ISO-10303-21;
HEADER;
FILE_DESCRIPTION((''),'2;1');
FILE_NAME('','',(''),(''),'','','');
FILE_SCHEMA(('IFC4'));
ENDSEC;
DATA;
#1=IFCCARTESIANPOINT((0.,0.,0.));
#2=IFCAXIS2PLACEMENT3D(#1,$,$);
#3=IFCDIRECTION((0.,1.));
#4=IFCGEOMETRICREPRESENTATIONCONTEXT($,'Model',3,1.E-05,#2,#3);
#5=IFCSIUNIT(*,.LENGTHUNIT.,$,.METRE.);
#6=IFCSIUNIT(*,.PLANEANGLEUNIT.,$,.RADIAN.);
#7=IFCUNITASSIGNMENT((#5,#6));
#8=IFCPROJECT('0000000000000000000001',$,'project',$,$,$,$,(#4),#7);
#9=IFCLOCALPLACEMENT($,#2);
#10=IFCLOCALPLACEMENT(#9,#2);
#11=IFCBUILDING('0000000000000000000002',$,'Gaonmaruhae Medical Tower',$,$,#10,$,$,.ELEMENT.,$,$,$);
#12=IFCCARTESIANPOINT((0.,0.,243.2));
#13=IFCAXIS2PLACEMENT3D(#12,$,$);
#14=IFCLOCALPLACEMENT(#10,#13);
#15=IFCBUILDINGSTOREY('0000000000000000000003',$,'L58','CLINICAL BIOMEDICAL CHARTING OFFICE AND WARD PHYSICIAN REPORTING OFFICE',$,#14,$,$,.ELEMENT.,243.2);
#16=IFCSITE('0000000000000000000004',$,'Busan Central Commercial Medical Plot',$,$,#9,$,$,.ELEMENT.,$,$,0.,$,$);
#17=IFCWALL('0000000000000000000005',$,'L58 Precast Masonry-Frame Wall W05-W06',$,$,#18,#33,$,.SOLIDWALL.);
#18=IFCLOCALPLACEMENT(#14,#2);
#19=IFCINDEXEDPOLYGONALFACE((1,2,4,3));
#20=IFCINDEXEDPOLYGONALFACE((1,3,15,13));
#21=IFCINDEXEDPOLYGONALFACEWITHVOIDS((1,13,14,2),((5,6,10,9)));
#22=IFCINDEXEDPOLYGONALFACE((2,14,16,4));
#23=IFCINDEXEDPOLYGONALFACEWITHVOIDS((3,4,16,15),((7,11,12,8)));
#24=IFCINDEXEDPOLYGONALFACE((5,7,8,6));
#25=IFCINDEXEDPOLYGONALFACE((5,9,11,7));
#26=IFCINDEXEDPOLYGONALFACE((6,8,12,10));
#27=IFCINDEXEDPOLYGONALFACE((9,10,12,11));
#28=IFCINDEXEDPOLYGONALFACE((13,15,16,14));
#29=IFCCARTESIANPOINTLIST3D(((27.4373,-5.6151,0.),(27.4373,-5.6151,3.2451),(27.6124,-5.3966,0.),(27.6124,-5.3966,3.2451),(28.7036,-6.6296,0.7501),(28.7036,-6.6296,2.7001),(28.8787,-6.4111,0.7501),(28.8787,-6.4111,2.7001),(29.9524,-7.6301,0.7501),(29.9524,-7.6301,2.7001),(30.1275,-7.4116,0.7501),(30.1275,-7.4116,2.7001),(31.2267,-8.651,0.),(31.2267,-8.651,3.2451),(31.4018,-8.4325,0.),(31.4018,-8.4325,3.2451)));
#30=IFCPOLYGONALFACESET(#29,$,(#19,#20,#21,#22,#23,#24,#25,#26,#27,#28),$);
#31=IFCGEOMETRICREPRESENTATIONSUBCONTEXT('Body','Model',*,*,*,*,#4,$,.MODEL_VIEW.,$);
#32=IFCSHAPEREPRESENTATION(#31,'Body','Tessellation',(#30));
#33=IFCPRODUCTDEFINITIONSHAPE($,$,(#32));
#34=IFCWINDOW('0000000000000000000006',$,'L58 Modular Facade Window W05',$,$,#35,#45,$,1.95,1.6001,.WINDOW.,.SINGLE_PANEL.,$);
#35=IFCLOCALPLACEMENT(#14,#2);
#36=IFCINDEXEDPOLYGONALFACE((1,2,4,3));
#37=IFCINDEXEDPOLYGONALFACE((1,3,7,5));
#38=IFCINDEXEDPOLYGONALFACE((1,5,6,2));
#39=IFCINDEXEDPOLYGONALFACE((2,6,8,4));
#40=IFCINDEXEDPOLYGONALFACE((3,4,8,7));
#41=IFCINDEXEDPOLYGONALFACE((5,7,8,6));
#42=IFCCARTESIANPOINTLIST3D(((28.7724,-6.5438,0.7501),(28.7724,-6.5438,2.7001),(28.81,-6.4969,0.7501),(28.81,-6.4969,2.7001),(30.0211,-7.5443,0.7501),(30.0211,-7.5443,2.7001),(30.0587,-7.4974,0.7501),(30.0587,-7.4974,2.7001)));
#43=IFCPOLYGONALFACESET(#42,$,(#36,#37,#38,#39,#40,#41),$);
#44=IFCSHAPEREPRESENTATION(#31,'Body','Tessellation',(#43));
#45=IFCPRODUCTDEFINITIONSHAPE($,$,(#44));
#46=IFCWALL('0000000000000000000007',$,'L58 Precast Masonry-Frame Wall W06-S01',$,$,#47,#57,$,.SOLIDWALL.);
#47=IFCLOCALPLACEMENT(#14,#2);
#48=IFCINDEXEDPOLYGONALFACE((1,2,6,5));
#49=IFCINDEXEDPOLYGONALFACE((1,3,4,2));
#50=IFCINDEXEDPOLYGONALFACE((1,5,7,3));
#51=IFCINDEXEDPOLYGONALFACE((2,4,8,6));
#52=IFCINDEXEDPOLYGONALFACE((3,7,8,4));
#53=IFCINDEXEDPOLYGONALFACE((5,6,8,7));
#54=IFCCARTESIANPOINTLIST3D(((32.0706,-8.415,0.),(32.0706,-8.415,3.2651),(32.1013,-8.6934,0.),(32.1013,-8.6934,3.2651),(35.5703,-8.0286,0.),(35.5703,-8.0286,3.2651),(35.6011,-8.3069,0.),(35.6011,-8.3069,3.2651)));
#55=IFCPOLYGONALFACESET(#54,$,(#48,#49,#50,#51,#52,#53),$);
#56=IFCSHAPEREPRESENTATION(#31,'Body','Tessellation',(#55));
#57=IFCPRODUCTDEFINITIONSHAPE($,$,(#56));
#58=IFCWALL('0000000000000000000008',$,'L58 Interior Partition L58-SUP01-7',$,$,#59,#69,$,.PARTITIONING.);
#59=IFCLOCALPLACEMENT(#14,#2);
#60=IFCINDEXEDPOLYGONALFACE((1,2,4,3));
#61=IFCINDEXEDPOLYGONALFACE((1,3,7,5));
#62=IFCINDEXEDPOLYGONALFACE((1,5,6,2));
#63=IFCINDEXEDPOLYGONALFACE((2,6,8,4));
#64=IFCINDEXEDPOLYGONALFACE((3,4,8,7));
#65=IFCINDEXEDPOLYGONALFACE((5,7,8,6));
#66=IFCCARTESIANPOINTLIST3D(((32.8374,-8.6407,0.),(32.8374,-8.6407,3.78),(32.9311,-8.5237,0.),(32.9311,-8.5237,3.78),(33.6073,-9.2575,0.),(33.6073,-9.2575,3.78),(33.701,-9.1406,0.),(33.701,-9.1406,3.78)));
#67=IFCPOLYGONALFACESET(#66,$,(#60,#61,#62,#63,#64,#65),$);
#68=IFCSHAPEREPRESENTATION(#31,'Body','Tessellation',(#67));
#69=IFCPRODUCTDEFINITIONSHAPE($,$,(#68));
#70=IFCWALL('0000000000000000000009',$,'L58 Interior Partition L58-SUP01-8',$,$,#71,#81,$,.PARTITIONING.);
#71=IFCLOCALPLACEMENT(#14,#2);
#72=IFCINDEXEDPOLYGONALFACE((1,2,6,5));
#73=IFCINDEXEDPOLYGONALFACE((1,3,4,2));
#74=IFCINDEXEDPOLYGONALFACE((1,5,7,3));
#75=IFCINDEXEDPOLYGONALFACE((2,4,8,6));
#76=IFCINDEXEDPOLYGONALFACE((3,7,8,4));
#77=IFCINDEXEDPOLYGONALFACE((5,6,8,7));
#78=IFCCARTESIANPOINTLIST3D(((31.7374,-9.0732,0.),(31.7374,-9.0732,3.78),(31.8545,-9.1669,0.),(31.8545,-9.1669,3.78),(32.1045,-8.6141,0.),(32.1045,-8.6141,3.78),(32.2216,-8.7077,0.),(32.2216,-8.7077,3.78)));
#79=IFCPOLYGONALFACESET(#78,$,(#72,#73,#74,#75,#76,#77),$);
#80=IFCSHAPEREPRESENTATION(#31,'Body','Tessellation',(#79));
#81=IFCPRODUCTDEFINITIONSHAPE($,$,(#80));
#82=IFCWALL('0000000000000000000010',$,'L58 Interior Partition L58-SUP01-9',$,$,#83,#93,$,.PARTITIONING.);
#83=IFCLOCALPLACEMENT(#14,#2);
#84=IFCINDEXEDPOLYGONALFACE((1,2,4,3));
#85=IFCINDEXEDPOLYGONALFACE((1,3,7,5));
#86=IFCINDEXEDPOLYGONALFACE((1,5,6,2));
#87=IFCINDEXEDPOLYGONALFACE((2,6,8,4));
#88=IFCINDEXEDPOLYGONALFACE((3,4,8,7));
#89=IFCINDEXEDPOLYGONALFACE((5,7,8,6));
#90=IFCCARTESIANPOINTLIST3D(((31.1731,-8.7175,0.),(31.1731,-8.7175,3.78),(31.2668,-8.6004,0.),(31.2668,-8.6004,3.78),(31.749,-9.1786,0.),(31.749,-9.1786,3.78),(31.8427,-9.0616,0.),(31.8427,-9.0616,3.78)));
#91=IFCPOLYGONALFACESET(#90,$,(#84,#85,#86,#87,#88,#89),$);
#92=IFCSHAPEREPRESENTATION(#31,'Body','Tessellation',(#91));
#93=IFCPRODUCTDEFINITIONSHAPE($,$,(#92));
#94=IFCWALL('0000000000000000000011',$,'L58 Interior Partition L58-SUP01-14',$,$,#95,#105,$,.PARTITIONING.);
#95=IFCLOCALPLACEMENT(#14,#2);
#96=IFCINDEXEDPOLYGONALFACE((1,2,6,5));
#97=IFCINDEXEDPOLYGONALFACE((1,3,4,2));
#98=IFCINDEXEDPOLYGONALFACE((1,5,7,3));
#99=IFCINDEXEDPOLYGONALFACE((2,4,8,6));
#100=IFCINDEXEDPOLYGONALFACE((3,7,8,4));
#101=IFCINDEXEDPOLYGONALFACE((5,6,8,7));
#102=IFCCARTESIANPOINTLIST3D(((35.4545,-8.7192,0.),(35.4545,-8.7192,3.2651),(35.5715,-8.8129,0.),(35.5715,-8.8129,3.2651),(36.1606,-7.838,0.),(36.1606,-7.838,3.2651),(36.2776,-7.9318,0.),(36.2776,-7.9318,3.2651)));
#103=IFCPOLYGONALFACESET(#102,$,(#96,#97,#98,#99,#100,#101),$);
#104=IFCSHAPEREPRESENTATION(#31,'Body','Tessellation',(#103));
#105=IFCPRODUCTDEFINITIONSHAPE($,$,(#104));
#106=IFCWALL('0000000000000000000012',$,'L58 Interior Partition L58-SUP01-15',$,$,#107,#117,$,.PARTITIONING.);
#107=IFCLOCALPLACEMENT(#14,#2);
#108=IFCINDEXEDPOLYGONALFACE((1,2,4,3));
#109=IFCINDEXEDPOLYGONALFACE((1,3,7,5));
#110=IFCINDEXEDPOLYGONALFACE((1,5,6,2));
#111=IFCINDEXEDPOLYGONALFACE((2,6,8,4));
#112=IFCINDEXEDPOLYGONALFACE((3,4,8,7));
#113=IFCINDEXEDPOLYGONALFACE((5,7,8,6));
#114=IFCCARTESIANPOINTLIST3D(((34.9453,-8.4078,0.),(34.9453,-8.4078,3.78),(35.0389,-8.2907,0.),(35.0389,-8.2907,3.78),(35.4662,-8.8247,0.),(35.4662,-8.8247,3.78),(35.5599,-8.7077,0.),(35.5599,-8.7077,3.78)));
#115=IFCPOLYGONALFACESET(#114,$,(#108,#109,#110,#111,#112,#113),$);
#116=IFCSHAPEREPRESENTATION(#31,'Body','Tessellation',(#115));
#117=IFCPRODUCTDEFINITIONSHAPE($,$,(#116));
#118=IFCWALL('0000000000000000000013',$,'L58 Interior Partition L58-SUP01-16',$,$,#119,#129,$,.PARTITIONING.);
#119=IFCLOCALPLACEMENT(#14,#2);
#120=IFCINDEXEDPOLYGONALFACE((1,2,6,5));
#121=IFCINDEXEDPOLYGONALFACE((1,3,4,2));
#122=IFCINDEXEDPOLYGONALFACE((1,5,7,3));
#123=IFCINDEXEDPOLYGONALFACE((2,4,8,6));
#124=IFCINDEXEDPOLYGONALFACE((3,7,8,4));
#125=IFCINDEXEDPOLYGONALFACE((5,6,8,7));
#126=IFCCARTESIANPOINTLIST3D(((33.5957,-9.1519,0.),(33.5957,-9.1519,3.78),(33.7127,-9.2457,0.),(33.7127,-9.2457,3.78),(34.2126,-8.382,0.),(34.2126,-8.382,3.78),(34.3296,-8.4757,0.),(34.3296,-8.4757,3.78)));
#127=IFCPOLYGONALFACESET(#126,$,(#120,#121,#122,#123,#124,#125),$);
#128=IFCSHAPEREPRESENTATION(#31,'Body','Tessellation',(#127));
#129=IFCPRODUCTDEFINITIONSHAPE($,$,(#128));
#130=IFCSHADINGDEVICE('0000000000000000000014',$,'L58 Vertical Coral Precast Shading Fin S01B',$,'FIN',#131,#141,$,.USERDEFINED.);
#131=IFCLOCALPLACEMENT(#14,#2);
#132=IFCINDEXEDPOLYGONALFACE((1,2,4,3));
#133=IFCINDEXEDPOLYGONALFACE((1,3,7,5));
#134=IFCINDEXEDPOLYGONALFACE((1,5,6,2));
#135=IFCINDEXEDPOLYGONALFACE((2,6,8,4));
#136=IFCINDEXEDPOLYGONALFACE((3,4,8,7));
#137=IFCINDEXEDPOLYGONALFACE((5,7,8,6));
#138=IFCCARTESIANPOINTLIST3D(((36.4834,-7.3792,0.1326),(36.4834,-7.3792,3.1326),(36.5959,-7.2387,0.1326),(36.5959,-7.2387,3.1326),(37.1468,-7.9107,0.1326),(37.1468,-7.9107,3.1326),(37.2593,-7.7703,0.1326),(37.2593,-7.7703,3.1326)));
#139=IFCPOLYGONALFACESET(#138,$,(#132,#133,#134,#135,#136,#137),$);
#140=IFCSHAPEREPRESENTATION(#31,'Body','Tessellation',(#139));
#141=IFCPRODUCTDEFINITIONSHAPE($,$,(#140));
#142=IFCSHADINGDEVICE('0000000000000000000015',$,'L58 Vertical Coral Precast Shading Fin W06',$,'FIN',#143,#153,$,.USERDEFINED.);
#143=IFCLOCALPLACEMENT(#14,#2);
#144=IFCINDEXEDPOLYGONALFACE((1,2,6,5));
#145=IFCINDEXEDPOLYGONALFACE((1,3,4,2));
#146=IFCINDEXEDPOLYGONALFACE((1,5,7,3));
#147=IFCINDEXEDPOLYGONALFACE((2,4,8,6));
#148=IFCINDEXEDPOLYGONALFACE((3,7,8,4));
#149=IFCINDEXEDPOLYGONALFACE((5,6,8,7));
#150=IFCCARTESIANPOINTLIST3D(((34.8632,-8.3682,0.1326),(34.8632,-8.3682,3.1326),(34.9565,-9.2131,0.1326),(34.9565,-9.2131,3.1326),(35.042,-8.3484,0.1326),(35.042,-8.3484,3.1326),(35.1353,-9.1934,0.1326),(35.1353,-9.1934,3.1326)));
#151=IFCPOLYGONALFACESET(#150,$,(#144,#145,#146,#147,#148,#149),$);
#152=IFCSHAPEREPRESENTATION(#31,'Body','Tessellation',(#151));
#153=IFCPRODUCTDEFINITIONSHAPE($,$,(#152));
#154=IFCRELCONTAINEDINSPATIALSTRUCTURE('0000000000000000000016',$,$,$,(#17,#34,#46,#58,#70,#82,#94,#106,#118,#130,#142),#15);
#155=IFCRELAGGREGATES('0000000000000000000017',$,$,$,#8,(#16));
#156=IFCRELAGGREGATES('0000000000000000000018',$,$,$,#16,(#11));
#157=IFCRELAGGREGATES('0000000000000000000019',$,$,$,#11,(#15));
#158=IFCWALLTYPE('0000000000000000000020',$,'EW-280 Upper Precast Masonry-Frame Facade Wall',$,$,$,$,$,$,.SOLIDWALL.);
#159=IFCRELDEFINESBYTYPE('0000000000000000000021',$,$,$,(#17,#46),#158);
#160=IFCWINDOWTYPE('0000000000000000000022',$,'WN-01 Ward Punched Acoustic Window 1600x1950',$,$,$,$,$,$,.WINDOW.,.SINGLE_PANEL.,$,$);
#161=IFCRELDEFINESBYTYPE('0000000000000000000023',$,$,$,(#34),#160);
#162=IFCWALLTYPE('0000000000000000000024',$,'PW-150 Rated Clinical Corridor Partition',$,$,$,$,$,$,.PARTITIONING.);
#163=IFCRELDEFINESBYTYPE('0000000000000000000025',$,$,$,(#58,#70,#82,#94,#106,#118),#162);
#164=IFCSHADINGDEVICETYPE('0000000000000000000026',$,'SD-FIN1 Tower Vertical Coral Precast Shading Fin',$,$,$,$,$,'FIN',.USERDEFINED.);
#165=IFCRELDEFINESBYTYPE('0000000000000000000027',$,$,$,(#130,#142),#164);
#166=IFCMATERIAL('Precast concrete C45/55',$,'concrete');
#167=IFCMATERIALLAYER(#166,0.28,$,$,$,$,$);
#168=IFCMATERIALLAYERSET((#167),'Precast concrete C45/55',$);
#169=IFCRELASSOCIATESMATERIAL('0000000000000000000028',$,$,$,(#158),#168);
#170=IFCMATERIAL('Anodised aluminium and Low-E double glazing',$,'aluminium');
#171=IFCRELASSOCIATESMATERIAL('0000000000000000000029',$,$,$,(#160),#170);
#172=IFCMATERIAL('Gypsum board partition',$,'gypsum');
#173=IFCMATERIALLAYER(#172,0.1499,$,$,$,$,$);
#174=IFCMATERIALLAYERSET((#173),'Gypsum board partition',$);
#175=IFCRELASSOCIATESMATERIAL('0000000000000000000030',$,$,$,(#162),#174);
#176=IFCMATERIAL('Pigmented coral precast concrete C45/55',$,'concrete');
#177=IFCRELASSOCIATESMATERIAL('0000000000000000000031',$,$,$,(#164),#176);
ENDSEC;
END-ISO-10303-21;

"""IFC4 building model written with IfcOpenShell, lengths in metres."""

from ifc_helpers import new_model, si_unit, direction, frame, frame_2d, origin, origin_2d, place, context, subcontext, project, spatial, rectangle, extrude, material, layer, layer_set, type_object, element, fill, save


model = new_model("IFC4")

# Units and contexts
model_context = context("Model", 3, precision=1e-05, world=origin(), true_north=direction((0.0, 1.0)))
body_context = subcontext(model_context, "Body", "Model", "MODEL_VIEW")
ifc_project = project(units=[si_unit("LENGTHUNIT", "METRE"), si_unit("PLANEANGLEUNIT", "RADIAN")], contexts=[model_context])

# Site, building, storey
site_placement = place(None, origin())
site = spatial("IfcSite", under=ifc_project, at=site_placement, Name="Busan Central Commercial Medical Plot", CompositionType="ELEMENT", RefElevation=0.0)
building_placement = place(site_placement, origin())
building = spatial("IfcBuilding", under=site, at=building_placement, Name="Gaonmaruhae Medical Tower", CompositionType="ELEMENT")
storey_placement = place(building_placement, frame((0.0, 0.0, 243.2)))
storey = spatial("IfcBuildingStorey", under=building, at=storey_placement, Name="L58", Description="CLINICAL BIOMEDICAL CHARTING OFFICE AND WARD PHYSICIAN REPORTING OFFICE", CompositionType="ELEMENT", Elevation=243.2)

# Wall, opening, window
ifc_material_1 = material(Name="Precast concrete C45/55", Category="concrete")
ifc_layer_1 = layer(ifc_material_1, 0.28)
ifc_layer_set_1 = layer_set([ifc_layer_1], Name="Precast concrete C45/55")
wall_type_1 = type_object("IfcWallType", Name="EW-280 Upper Precast Masonry-Frame Facade Wall", PredefinedType="SOLIDWALL", material=ifc_layer_set_1)
wall_1_placement = place(storey_placement, frame((31.3142, -8.5417, 0.0), z_axis=(0.0, 0.0, 1.0), x_axis=(-0.780422, 0.625253, 0.0)))
wall_1 = element("IfcWall", 1, at=wall_1_placement, inside=storey, type_object=wall_type_1, Name="L58 Precast Masonry-Frame Wall W05-W06", PredefinedType="SOLIDWALL", context=body_context, shape_type="SweptSolid", body=[
    extrude(rectangle(XDim=4.8555, YDim=0.28, at=frame_2d((2.4277, 0.0))), origin(), (0.0, 0.0, 1.0), 3.2451),
])
opening_placement = place(wall_1_placement, frame((1.6328, 0.0, 0.75)))
opening = element("IfcOpeningElement", 2, at=opening_placement, cuts=wall_1, PredefinedType="OPENING", context=body_context, shape_type="SweptSolid", body=[
    extrude(rectangle(XDim=1.6001, YDim=1.95, at=frame_2d((0.8, 0.9751))), frame((0.0, 0.1499, 0.0), z_axis=(0.0, -1.0, 0.0), x_axis=(1.0, 0.0, 0.0)), (0.0, 0.0, 1.0), 0.3),
])
ifc_material_2 = material(Name="Anodised aluminium and Low-E double glazing", Category="aluminium")
window_type = type_object("IfcWindowType", Name="WN-01 Ward Punched Acoustic Window 1600x1950", PartitioningType="SINGLE_PANEL", PredefinedType="WINDOW", material=ifc_material_2)
window_placement = place(opening_placement, origin())
window = element("IfcWindow", 3, at=window_placement, inside=storey, type_object=window_type, Name="L58 Modular Facade Window W05", OverallHeight=1.95, OverallWidth=1.6001, PartitioningType="SINGLE_PANEL", PredefinedType="WINDOW", context=body_context, shape_type="SweptSolid", body=[
    extrude(rectangle(XDim=1.6001, YDim=1.95, at=frame_2d((0.8, 0.9751))), frame((0.0, 0.03, 0.0), z_axis=(0.0, -1.0, 0.0), x_axis=(1.0, 0.0, 0.0)), (0.0, 0.0, 1.0), 0.0601),
])
fill(opening, window)

# Walls
wall_2_placement = place(storey_placement, frame((35.5857, -8.1677, 0.0), z_axis=(0.0, 0.0, 1.0), x_axis=(-0.993958, -0.109762, 0.0)))
element("IfcWall", 4, at=wall_2_placement, inside=storey, type_object=wall_type_1, Name="L58 Precast Masonry-Frame Wall W06-S01", PredefinedType="SOLIDWALL", context=body_context, shape_type="SweptSolid", body=[
    extrude(rectangle(XDim=3.521, YDim=0.28, at=frame_2d((1.7605, 0.0))), origin(), (0.0, 0.0, 1.0), 3.2651),
])
ifc_material_3 = material(Name="Gypsum board partition", Category="gypsum")
ifc_layer_2 = layer(ifc_material_3, 0.1499)
ifc_layer_set_2 = layer_set([ifc_layer_2], Name="Gypsum board partition")
wall_type_2 = type_object("IfcWallType", Name="PW-150 Rated Clinical Corridor Partition", PredefinedType="PARTITIONING", material=ifc_layer_set_2)
wall_3_placement = place(storey_placement, frame((33.6541, -9.199, 0.0), z_axis=(0.0, 0.0, 1.0), x_axis=(-0.78041, 0.625268, 0.0)))
element("IfcWall", 5, at=wall_3_placement, inside=storey, type_object=wall_type_2, Name="L58 Interior Partition L58-SUP01-7", PredefinedType="PARTITIONING", context=body_context, shape_type="SweptSolid", body=[
    extrude(rectangle(XDim=0.9866, YDim=0.1499, at=frame_2d((0.4932, 0.0))), origin(), (0.0, 0.0, 1.0), 3.78),
])
wall_4_placement = place(storey_placement, frame((32.1631, -8.6609, 0.0), z_axis=(0.0, 0.0, 1.0), x_axis=(-0.624492, -0.781031, 0.0)))
element("IfcWall", 6, at=wall_4_placement, inside=storey, type_object=wall_type_2, Name="L58 Interior Partition L58-SUP01-8", PredefinedType="PARTITIONING", context=body_context, shape_type="SweptSolid", body=[
    extrude(rectangle(XDim=0.5879, YDim=0.1499, at=frame_2d((0.2939, 0.0))), origin(), (0.0, 0.0, 1.0), 3.78),
])
wall_5_placement = place(storey_placement, frame((31.7959, -9.1201, 0.0), z_axis=(0.0, 0.0, 1.0), x_axis=(-0.780578, 0.625058, 0.0)))
element("IfcWall", 7, at=wall_5_placement, inside=storey, type_object=wall_type_2, Name="L58 Interior Partition L58-SUP01-9", PredefinedType="PARTITIONING", context=body_context, shape_type="SweptSolid", body=[
    extrude(rectangle(XDim=0.7378, YDim=0.1499, at=frame_2d((0.3689, 0.0))), origin(), (0.0, 0.0, 1.0), 3.78),
])
wall_6_placement = place(storey_placement, frame((36.219, -7.885, 0.0), z_axis=(0.0, 0.0, 1.0), x_axis=(-0.625328, -0.780362, 0.0)))
element("IfcWall", 8, at=wall_6_placement, inside=storey, type_object=wall_type_2, Name="L58 Interior Partition L58-SUP01-14", PredefinedType="PARTITIONING", context=body_context, shape_type="SweptSolid", body=[
    extrude(rectangle(XDim=1.1292, YDim=0.1499, at=frame_2d((0.5645, 0.0))), origin(), (0.0, 0.0, 1.0), 3.2651),
])
wall_7_placement = place(storey_placement, frame((35.5129, -8.7661, 0.0), z_axis=(0.0, 0.0, 1.0), x_axis=(-0.780726, 0.624873, 0.0)))
element("IfcWall", 9, at=wall_7_placement, inside=storey, type_object=wall_type_2, Name="L58 Interior Partition L58-SUP01-15", PredefinedType="PARTITIONING", context=body_context, shape_type="SweptSolid", body=[
    extrude(rectangle(XDim=0.6672, YDim=0.1499, at=frame_2d((0.3335, 0.0))), origin(), (0.0, 0.0, 1.0), 3.78),
])
wall_8_placement = place(storey_placement, frame((34.271, -8.429, 0.0), z_axis=(0.0, 0.0, 1.0), x_axis=(-0.625268, -0.78041, 0.0)))
element("IfcWall", 10, at=wall_8_placement, inside=storey, type_object=wall_type_2, Name="L58 Interior Partition L58-SUP01-16", PredefinedType="PARTITIONING", context=body_context, shape_type="SweptSolid", body=[
    extrude(rectangle(XDim=0.9866, YDim=0.1499, at=frame_2d((0.4932, 0.0))), origin(), (0.0, 0.0, 1.0), 3.78),
])

# Shading devices
ifc_material_4 = material(Name="Pigmented coral precast concrete C45/55", Category="concrete")
shading_device_type = type_object("IfcShadingDeviceType", Name="SD-FIN1 Tower Vertical Coral Precast Shading Fin", ElementType="FIN", PredefinedType="USERDEFINED", material=ifc_material_4)
for number, where, z_axis, x_axis, name in (
    (11, (36.8713, -7.5747, 0.1326), (0.0, 0.0, 1.0), (-0.625243, -0.78043, 0.0), "L58 Vertical Coral Precast Shading Fin S01B"),
    (12, (34.9993, -8.7808, 0.1326), (0.0, 0.0, 1.0), (-0.993959, -0.109752, 0.0), "L58 Vertical Coral Precast Shading Fin W06"),
):
    element("IfcShadingDevice", number, at=place(storey_placement, frame(where, z_axis=z_axis, x_axis=x_axis)), inside=storey, type_object=shading_device_type, Name=name, ObjectType="FIN", PredefinedType="USERDEFINED", context=body_context, shape_type="SweptSolid", body=[
        extrude(rectangle(XDim=0.1799, YDim=0.8501, at=origin_2d()), origin(), (0.0, 0.0, 1.0), 3.0),
    ])

save(model, "model.ifc")
